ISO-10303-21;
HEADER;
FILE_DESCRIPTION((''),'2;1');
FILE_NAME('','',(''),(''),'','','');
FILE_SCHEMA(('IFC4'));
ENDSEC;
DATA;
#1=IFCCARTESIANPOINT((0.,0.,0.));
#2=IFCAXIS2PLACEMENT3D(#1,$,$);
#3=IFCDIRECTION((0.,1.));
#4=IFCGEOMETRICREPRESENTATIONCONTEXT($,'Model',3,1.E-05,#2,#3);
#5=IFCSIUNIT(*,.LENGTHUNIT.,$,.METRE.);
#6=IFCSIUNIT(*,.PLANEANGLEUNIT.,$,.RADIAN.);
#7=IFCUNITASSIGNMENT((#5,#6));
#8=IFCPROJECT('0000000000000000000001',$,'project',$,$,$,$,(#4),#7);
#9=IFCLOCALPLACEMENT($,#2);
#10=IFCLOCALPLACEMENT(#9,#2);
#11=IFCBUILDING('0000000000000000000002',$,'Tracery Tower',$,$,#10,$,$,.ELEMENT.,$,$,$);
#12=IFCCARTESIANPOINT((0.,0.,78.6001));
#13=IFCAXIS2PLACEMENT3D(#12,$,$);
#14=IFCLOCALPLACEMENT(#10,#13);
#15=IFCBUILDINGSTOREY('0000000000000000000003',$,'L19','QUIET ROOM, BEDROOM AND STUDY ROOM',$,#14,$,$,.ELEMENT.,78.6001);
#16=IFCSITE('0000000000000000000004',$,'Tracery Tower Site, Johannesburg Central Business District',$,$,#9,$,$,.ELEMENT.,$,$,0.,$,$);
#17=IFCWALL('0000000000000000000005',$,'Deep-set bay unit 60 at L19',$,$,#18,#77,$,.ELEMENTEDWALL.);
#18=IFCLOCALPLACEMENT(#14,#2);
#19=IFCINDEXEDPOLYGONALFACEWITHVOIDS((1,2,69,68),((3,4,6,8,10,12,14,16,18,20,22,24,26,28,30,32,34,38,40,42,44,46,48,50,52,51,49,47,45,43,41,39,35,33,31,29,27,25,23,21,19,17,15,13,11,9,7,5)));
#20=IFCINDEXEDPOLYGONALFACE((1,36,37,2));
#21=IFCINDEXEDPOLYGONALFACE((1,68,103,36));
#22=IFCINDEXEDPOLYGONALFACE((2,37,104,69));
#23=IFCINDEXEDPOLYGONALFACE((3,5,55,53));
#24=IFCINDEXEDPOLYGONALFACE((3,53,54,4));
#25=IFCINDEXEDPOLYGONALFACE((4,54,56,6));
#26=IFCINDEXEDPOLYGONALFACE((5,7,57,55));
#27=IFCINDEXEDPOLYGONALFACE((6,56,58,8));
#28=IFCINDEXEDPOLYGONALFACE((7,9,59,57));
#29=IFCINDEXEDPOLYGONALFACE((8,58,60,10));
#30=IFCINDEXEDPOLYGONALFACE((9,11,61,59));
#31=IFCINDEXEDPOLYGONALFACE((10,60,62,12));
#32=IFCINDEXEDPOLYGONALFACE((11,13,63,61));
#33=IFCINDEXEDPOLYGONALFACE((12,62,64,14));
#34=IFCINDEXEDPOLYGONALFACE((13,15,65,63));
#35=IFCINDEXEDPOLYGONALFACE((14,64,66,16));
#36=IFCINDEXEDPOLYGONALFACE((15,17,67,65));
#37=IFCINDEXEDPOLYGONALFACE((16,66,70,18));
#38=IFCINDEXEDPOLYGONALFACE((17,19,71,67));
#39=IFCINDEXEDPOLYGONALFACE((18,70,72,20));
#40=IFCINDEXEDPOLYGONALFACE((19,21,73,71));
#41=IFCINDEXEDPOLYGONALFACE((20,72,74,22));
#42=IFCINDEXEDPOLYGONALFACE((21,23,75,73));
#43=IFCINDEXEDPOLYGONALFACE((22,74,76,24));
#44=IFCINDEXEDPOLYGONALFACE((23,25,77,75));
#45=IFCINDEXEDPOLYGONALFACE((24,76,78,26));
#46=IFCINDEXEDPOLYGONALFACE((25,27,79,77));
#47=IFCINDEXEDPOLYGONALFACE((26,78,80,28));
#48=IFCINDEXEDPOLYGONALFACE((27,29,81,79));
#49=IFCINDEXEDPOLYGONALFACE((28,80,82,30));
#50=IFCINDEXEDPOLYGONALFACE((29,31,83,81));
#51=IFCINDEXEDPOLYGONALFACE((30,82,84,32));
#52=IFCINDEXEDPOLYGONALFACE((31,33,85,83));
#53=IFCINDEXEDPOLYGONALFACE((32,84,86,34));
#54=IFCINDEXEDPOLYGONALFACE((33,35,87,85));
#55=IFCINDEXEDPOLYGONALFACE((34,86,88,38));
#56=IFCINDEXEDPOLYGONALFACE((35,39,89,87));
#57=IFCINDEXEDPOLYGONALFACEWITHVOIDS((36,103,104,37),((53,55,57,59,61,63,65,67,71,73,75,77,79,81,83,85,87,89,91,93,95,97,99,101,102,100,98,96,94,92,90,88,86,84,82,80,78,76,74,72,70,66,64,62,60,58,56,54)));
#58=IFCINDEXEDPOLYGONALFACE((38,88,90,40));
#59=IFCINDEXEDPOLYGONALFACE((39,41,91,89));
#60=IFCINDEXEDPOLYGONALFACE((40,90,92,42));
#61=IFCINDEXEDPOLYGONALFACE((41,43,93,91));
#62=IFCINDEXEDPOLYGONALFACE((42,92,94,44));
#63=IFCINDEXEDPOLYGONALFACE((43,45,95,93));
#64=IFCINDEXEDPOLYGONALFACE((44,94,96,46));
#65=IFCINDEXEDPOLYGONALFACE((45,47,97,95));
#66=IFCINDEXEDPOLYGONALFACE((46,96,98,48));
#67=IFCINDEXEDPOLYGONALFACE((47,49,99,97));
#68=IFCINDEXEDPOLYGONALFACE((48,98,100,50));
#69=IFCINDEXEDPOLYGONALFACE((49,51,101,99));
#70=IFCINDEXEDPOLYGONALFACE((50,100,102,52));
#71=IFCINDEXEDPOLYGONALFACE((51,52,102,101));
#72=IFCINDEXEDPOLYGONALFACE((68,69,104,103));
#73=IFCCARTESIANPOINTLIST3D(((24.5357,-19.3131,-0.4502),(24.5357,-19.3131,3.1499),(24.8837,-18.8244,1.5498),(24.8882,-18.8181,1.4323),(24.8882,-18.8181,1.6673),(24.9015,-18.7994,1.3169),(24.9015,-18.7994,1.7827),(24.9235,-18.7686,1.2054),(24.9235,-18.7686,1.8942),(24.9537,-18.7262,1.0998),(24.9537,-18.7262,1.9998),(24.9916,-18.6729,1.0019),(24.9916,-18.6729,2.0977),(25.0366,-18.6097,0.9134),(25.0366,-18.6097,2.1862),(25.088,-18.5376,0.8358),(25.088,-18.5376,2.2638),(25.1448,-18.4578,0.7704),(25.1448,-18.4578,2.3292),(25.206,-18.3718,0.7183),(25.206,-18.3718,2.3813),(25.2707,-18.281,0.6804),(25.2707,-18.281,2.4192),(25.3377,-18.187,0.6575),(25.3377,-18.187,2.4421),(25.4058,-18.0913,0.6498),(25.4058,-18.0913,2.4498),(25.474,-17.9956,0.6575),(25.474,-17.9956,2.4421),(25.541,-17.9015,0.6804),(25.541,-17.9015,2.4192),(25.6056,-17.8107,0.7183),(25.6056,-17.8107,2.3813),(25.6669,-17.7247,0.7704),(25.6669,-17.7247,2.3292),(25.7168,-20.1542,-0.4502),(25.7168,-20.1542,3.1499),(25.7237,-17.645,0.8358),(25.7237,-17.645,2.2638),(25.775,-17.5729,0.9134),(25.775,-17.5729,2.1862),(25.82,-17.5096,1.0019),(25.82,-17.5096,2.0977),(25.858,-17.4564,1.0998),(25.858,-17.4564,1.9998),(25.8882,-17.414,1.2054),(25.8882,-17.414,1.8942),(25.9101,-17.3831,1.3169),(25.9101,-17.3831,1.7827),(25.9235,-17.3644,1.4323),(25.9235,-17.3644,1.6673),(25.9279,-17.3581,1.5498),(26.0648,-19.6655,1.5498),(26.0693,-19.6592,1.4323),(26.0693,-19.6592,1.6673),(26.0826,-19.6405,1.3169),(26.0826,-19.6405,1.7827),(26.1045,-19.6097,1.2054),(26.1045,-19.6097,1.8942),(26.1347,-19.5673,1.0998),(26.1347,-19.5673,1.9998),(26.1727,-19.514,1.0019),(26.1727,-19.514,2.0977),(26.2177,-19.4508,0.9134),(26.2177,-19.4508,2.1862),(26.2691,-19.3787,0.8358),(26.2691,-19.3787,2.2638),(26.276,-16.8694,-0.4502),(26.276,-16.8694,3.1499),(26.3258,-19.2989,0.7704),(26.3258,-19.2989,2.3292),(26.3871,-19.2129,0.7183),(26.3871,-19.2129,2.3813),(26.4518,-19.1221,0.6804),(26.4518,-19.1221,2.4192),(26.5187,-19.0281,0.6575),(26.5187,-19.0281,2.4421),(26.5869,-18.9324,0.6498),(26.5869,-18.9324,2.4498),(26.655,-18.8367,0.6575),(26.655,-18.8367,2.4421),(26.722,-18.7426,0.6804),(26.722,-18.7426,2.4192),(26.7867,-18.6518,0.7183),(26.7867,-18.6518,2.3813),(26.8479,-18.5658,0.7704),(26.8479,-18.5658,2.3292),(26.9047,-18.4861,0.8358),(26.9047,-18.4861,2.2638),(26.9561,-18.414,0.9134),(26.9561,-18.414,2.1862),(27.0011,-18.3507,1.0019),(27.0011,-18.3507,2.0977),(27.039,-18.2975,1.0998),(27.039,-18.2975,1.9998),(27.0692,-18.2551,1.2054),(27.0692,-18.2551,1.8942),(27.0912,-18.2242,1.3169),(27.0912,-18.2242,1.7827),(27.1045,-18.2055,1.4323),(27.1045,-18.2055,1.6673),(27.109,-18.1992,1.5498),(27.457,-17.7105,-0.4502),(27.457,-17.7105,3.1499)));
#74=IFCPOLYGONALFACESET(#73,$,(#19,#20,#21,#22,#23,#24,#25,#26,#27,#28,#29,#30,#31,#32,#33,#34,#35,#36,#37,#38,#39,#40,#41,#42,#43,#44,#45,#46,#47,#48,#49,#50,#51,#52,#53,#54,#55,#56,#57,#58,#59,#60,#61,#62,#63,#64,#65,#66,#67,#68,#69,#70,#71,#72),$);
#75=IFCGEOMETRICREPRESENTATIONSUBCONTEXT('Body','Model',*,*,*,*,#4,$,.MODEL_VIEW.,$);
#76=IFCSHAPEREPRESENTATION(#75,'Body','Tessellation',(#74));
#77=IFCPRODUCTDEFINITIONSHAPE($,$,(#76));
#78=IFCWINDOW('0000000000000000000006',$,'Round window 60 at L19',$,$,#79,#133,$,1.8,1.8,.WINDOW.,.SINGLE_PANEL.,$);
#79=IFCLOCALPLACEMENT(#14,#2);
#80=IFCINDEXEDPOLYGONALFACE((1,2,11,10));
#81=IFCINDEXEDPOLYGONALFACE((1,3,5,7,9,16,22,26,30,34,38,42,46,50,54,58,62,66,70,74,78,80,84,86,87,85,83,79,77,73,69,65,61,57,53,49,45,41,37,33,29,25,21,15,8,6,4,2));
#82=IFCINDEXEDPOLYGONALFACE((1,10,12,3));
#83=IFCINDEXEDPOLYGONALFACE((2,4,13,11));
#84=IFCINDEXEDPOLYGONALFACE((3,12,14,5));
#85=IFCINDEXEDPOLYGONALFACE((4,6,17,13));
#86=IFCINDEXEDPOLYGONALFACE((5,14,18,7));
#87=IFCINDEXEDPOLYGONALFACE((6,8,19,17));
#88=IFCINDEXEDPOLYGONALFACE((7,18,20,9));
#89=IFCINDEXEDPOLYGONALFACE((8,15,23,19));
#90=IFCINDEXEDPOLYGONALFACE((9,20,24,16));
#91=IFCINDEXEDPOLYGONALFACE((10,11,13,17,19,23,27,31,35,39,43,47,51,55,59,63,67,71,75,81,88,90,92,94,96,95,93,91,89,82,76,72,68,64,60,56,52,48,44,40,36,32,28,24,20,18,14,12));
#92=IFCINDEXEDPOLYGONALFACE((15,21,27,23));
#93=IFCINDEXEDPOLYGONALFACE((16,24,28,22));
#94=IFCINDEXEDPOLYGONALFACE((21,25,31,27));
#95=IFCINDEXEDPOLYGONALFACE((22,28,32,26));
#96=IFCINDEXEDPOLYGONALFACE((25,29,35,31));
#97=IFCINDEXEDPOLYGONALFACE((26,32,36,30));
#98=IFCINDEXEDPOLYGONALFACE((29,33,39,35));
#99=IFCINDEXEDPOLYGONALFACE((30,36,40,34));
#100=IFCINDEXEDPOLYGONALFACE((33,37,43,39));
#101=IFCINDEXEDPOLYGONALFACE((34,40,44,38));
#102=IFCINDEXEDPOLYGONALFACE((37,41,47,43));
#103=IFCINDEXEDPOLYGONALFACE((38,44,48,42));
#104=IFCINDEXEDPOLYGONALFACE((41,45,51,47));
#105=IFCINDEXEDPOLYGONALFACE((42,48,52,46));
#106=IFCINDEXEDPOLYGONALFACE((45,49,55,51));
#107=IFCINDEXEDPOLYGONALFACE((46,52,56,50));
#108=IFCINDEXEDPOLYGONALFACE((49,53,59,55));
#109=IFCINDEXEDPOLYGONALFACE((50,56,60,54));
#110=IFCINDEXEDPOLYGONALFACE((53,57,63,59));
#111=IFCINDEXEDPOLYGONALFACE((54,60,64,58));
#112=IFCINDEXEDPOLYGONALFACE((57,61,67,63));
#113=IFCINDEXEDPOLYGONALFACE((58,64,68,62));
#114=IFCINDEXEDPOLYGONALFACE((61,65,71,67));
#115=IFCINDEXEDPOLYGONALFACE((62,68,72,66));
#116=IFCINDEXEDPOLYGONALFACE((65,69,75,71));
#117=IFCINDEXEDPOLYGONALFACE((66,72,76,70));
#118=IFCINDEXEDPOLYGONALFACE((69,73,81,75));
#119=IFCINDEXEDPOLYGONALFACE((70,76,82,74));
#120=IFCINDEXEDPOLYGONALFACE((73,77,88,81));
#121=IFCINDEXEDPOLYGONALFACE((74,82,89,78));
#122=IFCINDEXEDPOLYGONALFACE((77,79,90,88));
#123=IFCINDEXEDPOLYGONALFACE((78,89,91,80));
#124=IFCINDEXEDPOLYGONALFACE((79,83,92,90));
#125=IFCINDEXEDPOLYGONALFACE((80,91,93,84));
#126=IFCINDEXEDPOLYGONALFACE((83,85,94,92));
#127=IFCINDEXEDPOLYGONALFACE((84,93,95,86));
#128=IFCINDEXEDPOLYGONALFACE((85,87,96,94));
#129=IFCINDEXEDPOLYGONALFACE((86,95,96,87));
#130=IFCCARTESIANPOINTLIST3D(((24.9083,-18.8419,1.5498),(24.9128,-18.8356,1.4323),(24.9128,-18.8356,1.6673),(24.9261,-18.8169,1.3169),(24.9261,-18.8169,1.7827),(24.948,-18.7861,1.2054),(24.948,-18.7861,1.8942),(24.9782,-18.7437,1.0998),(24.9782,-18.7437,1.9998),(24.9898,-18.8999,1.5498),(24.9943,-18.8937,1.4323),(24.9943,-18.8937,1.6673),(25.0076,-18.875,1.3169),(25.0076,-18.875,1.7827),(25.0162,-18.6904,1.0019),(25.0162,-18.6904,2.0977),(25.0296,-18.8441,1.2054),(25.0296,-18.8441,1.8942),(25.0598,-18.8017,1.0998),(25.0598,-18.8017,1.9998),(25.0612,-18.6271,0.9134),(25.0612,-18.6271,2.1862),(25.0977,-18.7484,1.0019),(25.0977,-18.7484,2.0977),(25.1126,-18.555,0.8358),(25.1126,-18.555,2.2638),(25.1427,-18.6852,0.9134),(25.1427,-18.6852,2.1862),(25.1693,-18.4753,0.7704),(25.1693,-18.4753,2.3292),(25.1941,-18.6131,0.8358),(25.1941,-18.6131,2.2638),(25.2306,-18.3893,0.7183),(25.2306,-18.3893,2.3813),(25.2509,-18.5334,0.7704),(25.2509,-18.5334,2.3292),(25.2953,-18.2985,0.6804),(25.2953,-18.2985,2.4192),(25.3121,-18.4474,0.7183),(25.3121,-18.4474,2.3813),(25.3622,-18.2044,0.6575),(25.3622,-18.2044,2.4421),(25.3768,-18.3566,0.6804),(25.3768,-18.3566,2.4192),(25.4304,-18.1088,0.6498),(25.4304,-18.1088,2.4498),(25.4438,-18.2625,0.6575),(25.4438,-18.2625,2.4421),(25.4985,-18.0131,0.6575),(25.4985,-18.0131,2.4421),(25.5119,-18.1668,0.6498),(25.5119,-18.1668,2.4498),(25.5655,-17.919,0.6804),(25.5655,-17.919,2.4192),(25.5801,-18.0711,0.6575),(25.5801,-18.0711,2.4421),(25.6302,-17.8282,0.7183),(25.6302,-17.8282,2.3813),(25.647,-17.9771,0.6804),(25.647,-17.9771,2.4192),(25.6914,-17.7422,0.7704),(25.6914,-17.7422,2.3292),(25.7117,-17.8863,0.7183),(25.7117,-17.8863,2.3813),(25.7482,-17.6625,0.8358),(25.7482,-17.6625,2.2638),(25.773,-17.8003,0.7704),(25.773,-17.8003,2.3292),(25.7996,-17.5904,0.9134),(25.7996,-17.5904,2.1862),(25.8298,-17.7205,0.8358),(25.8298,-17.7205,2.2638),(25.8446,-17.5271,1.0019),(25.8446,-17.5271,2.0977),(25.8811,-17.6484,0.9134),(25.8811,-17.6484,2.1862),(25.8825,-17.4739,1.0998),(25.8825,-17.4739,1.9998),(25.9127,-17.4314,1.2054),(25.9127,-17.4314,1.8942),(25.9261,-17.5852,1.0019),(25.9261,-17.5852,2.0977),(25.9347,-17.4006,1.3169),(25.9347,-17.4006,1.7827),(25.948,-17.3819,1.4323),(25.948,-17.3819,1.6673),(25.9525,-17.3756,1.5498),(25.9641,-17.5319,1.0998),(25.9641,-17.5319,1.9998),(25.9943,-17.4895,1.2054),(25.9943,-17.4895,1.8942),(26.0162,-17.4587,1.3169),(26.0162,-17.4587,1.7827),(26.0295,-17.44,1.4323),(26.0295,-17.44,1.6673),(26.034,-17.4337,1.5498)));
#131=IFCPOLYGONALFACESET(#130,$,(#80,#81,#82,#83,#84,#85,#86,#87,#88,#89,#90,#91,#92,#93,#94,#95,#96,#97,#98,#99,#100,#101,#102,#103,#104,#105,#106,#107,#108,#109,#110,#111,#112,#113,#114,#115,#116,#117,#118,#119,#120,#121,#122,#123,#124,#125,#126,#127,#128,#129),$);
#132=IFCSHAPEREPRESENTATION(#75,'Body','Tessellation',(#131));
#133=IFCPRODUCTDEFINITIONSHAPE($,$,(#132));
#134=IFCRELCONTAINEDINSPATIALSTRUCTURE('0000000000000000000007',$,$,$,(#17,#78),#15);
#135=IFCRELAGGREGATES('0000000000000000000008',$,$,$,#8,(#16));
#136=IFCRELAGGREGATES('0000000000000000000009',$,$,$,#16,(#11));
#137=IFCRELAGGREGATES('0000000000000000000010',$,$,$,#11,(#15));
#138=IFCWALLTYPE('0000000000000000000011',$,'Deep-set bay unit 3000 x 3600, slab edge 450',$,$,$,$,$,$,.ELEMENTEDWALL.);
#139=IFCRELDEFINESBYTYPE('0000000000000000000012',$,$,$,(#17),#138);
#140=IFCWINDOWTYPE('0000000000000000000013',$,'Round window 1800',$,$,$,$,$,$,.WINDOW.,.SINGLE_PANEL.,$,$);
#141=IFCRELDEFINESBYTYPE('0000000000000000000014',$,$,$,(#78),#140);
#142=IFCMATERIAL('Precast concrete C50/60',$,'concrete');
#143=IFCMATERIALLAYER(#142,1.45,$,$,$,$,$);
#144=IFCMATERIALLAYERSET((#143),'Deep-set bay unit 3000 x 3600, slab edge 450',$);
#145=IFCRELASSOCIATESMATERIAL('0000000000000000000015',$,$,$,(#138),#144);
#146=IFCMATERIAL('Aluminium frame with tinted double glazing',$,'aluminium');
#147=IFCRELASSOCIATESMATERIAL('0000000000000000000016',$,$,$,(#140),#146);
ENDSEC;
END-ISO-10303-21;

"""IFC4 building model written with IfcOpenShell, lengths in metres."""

from ifc_helpers import new_model, si_unit, direction, frame, frame_2d, origin, origin_2d, place, context, subcontext, project, spatial, rectangle, circle, extrude, material, layer, layer_set, type_object, element, fill, save


model = new_model("IFC4")

# Units and contexts
model_context = context("Model", 3, precision=1e-05, world=origin(), true_north=direction((0.0, 1.0)))
body_context = subcontext(model_context, "Body", "Model", "MODEL_VIEW")
ifc_project = project(units=[si_unit("LENGTHUNIT", "METRE"), si_unit("PLANEANGLEUNIT", "RADIAN")], contexts=[model_context])

# Site, building, storey
site_placement = place(None, origin())
site = spatial("IfcSite", under=ifc_project, at=site_placement, Name="Tracery Tower Site, Johannesburg Central Business District", CompositionType="ELEMENT", RefElevation=0.0)
building_placement = place(site_placement, origin())
building = spatial("IfcBuilding", under=site, at=building_placement, Name="Tracery Tower", CompositionType="ELEMENT")
storey_placement = place(building_placement, frame((0.0, 0.0, 78.6001)))
storey = spatial("IfcBuildingStorey", under=building, at=storey_placement, Name="L19", Description="QUIET ROOM, BEDROOM AND STUDY ROOM", CompositionType="ELEMENT", Elevation=78.6001)

# Wall, opening, window
ifc_material_1 = material(Name="Precast concrete C50/60", Category="concrete")
ifc_layer_1 = layer(ifc_material_1, 1.45)
ifc_layer_set_1 = layer_set([ifc_layer_1], Name="Deep-set bay unit 3000 x 3600, slab edge 450")
wall_type_1 = type_object("IfcWallType", Name="Deep-set bay unit 3000 x 3600, slab edge 450", PredefinedType="ELEMENTEDWALL", material=ifc_layer_set_1)
ifc_material_2 = material(Name="Aluminium frame with tinted double glazing", Category="aluminium")
window_type = type_object("IfcWindowType", Name="Round window 1800", PartitioningType="SINGLE_PANEL", PredefinedType="WINDOW", material=ifc_material_2)
wall_1_placement = place(storey_placement, frame((25.1262, -19.7336, -0.4502), z_axis=(0.0, 0.0, 1.0), x_axis=(0.580091, 0.814552, 0.0)))
wall_1 = element("IfcWall", 1, at=wall_1_placement, inside=storey, type_object=wall_type_1, Name="Deep-set bay unit 60 at L19", PredefinedType="ELEMENTEDWALL", context=body_context, shape_type="SweptSolid", body=[
    extrude(rectangle(XDim=3.0, YDim=1.45, at=frame_2d((1.5, 0.0))), origin(), (0.0, 0.0, 1.0), 3.6001),
])
opening_1_placement = place(wall_1_placement, frame((1.5, 0.0, 2.0)))
opening_1 = element("IfcOpeningElement", 2, at=opening_1_placement, cuts=wall_1, PredefinedType="OPENING", context=body_context, shape_type="SweptSolid", body=[
    extrude(circle(Radius=0.9, at=origin_2d()), frame((0.0, 0.7349, 0.0), z_axis=(0.0, -1.0, 0.0), x_axis=(1.0, 0.0, 0.0)), (0.0, 0.0, 1.0), 1.47),
])
window_1_placement = place(opening_1_placement, origin())
window_1 = element("IfcWindow", 3, at=window_1_placement, inside=storey, type_object=window_type, Name="Round window 60 at L19", OverallHeight=1.8, OverallWidth=1.8, PartitioningType="SINGLE_PANEL", PredefinedType="WINDOW", context=body_context, shape_type="SweptSolid", body=[
    extrude(circle(Radius=0.9, at=origin_2d()), frame((0.0, 0.6948, 0.0), z_axis=(0.0, -1.0, 0.0), x_axis=(1.0, 0.0, 0.0)), (0.0, 0.0, 1.0), 0.1001),
])
fill(opening_1, window_1)

save(model, "model.ifc")
